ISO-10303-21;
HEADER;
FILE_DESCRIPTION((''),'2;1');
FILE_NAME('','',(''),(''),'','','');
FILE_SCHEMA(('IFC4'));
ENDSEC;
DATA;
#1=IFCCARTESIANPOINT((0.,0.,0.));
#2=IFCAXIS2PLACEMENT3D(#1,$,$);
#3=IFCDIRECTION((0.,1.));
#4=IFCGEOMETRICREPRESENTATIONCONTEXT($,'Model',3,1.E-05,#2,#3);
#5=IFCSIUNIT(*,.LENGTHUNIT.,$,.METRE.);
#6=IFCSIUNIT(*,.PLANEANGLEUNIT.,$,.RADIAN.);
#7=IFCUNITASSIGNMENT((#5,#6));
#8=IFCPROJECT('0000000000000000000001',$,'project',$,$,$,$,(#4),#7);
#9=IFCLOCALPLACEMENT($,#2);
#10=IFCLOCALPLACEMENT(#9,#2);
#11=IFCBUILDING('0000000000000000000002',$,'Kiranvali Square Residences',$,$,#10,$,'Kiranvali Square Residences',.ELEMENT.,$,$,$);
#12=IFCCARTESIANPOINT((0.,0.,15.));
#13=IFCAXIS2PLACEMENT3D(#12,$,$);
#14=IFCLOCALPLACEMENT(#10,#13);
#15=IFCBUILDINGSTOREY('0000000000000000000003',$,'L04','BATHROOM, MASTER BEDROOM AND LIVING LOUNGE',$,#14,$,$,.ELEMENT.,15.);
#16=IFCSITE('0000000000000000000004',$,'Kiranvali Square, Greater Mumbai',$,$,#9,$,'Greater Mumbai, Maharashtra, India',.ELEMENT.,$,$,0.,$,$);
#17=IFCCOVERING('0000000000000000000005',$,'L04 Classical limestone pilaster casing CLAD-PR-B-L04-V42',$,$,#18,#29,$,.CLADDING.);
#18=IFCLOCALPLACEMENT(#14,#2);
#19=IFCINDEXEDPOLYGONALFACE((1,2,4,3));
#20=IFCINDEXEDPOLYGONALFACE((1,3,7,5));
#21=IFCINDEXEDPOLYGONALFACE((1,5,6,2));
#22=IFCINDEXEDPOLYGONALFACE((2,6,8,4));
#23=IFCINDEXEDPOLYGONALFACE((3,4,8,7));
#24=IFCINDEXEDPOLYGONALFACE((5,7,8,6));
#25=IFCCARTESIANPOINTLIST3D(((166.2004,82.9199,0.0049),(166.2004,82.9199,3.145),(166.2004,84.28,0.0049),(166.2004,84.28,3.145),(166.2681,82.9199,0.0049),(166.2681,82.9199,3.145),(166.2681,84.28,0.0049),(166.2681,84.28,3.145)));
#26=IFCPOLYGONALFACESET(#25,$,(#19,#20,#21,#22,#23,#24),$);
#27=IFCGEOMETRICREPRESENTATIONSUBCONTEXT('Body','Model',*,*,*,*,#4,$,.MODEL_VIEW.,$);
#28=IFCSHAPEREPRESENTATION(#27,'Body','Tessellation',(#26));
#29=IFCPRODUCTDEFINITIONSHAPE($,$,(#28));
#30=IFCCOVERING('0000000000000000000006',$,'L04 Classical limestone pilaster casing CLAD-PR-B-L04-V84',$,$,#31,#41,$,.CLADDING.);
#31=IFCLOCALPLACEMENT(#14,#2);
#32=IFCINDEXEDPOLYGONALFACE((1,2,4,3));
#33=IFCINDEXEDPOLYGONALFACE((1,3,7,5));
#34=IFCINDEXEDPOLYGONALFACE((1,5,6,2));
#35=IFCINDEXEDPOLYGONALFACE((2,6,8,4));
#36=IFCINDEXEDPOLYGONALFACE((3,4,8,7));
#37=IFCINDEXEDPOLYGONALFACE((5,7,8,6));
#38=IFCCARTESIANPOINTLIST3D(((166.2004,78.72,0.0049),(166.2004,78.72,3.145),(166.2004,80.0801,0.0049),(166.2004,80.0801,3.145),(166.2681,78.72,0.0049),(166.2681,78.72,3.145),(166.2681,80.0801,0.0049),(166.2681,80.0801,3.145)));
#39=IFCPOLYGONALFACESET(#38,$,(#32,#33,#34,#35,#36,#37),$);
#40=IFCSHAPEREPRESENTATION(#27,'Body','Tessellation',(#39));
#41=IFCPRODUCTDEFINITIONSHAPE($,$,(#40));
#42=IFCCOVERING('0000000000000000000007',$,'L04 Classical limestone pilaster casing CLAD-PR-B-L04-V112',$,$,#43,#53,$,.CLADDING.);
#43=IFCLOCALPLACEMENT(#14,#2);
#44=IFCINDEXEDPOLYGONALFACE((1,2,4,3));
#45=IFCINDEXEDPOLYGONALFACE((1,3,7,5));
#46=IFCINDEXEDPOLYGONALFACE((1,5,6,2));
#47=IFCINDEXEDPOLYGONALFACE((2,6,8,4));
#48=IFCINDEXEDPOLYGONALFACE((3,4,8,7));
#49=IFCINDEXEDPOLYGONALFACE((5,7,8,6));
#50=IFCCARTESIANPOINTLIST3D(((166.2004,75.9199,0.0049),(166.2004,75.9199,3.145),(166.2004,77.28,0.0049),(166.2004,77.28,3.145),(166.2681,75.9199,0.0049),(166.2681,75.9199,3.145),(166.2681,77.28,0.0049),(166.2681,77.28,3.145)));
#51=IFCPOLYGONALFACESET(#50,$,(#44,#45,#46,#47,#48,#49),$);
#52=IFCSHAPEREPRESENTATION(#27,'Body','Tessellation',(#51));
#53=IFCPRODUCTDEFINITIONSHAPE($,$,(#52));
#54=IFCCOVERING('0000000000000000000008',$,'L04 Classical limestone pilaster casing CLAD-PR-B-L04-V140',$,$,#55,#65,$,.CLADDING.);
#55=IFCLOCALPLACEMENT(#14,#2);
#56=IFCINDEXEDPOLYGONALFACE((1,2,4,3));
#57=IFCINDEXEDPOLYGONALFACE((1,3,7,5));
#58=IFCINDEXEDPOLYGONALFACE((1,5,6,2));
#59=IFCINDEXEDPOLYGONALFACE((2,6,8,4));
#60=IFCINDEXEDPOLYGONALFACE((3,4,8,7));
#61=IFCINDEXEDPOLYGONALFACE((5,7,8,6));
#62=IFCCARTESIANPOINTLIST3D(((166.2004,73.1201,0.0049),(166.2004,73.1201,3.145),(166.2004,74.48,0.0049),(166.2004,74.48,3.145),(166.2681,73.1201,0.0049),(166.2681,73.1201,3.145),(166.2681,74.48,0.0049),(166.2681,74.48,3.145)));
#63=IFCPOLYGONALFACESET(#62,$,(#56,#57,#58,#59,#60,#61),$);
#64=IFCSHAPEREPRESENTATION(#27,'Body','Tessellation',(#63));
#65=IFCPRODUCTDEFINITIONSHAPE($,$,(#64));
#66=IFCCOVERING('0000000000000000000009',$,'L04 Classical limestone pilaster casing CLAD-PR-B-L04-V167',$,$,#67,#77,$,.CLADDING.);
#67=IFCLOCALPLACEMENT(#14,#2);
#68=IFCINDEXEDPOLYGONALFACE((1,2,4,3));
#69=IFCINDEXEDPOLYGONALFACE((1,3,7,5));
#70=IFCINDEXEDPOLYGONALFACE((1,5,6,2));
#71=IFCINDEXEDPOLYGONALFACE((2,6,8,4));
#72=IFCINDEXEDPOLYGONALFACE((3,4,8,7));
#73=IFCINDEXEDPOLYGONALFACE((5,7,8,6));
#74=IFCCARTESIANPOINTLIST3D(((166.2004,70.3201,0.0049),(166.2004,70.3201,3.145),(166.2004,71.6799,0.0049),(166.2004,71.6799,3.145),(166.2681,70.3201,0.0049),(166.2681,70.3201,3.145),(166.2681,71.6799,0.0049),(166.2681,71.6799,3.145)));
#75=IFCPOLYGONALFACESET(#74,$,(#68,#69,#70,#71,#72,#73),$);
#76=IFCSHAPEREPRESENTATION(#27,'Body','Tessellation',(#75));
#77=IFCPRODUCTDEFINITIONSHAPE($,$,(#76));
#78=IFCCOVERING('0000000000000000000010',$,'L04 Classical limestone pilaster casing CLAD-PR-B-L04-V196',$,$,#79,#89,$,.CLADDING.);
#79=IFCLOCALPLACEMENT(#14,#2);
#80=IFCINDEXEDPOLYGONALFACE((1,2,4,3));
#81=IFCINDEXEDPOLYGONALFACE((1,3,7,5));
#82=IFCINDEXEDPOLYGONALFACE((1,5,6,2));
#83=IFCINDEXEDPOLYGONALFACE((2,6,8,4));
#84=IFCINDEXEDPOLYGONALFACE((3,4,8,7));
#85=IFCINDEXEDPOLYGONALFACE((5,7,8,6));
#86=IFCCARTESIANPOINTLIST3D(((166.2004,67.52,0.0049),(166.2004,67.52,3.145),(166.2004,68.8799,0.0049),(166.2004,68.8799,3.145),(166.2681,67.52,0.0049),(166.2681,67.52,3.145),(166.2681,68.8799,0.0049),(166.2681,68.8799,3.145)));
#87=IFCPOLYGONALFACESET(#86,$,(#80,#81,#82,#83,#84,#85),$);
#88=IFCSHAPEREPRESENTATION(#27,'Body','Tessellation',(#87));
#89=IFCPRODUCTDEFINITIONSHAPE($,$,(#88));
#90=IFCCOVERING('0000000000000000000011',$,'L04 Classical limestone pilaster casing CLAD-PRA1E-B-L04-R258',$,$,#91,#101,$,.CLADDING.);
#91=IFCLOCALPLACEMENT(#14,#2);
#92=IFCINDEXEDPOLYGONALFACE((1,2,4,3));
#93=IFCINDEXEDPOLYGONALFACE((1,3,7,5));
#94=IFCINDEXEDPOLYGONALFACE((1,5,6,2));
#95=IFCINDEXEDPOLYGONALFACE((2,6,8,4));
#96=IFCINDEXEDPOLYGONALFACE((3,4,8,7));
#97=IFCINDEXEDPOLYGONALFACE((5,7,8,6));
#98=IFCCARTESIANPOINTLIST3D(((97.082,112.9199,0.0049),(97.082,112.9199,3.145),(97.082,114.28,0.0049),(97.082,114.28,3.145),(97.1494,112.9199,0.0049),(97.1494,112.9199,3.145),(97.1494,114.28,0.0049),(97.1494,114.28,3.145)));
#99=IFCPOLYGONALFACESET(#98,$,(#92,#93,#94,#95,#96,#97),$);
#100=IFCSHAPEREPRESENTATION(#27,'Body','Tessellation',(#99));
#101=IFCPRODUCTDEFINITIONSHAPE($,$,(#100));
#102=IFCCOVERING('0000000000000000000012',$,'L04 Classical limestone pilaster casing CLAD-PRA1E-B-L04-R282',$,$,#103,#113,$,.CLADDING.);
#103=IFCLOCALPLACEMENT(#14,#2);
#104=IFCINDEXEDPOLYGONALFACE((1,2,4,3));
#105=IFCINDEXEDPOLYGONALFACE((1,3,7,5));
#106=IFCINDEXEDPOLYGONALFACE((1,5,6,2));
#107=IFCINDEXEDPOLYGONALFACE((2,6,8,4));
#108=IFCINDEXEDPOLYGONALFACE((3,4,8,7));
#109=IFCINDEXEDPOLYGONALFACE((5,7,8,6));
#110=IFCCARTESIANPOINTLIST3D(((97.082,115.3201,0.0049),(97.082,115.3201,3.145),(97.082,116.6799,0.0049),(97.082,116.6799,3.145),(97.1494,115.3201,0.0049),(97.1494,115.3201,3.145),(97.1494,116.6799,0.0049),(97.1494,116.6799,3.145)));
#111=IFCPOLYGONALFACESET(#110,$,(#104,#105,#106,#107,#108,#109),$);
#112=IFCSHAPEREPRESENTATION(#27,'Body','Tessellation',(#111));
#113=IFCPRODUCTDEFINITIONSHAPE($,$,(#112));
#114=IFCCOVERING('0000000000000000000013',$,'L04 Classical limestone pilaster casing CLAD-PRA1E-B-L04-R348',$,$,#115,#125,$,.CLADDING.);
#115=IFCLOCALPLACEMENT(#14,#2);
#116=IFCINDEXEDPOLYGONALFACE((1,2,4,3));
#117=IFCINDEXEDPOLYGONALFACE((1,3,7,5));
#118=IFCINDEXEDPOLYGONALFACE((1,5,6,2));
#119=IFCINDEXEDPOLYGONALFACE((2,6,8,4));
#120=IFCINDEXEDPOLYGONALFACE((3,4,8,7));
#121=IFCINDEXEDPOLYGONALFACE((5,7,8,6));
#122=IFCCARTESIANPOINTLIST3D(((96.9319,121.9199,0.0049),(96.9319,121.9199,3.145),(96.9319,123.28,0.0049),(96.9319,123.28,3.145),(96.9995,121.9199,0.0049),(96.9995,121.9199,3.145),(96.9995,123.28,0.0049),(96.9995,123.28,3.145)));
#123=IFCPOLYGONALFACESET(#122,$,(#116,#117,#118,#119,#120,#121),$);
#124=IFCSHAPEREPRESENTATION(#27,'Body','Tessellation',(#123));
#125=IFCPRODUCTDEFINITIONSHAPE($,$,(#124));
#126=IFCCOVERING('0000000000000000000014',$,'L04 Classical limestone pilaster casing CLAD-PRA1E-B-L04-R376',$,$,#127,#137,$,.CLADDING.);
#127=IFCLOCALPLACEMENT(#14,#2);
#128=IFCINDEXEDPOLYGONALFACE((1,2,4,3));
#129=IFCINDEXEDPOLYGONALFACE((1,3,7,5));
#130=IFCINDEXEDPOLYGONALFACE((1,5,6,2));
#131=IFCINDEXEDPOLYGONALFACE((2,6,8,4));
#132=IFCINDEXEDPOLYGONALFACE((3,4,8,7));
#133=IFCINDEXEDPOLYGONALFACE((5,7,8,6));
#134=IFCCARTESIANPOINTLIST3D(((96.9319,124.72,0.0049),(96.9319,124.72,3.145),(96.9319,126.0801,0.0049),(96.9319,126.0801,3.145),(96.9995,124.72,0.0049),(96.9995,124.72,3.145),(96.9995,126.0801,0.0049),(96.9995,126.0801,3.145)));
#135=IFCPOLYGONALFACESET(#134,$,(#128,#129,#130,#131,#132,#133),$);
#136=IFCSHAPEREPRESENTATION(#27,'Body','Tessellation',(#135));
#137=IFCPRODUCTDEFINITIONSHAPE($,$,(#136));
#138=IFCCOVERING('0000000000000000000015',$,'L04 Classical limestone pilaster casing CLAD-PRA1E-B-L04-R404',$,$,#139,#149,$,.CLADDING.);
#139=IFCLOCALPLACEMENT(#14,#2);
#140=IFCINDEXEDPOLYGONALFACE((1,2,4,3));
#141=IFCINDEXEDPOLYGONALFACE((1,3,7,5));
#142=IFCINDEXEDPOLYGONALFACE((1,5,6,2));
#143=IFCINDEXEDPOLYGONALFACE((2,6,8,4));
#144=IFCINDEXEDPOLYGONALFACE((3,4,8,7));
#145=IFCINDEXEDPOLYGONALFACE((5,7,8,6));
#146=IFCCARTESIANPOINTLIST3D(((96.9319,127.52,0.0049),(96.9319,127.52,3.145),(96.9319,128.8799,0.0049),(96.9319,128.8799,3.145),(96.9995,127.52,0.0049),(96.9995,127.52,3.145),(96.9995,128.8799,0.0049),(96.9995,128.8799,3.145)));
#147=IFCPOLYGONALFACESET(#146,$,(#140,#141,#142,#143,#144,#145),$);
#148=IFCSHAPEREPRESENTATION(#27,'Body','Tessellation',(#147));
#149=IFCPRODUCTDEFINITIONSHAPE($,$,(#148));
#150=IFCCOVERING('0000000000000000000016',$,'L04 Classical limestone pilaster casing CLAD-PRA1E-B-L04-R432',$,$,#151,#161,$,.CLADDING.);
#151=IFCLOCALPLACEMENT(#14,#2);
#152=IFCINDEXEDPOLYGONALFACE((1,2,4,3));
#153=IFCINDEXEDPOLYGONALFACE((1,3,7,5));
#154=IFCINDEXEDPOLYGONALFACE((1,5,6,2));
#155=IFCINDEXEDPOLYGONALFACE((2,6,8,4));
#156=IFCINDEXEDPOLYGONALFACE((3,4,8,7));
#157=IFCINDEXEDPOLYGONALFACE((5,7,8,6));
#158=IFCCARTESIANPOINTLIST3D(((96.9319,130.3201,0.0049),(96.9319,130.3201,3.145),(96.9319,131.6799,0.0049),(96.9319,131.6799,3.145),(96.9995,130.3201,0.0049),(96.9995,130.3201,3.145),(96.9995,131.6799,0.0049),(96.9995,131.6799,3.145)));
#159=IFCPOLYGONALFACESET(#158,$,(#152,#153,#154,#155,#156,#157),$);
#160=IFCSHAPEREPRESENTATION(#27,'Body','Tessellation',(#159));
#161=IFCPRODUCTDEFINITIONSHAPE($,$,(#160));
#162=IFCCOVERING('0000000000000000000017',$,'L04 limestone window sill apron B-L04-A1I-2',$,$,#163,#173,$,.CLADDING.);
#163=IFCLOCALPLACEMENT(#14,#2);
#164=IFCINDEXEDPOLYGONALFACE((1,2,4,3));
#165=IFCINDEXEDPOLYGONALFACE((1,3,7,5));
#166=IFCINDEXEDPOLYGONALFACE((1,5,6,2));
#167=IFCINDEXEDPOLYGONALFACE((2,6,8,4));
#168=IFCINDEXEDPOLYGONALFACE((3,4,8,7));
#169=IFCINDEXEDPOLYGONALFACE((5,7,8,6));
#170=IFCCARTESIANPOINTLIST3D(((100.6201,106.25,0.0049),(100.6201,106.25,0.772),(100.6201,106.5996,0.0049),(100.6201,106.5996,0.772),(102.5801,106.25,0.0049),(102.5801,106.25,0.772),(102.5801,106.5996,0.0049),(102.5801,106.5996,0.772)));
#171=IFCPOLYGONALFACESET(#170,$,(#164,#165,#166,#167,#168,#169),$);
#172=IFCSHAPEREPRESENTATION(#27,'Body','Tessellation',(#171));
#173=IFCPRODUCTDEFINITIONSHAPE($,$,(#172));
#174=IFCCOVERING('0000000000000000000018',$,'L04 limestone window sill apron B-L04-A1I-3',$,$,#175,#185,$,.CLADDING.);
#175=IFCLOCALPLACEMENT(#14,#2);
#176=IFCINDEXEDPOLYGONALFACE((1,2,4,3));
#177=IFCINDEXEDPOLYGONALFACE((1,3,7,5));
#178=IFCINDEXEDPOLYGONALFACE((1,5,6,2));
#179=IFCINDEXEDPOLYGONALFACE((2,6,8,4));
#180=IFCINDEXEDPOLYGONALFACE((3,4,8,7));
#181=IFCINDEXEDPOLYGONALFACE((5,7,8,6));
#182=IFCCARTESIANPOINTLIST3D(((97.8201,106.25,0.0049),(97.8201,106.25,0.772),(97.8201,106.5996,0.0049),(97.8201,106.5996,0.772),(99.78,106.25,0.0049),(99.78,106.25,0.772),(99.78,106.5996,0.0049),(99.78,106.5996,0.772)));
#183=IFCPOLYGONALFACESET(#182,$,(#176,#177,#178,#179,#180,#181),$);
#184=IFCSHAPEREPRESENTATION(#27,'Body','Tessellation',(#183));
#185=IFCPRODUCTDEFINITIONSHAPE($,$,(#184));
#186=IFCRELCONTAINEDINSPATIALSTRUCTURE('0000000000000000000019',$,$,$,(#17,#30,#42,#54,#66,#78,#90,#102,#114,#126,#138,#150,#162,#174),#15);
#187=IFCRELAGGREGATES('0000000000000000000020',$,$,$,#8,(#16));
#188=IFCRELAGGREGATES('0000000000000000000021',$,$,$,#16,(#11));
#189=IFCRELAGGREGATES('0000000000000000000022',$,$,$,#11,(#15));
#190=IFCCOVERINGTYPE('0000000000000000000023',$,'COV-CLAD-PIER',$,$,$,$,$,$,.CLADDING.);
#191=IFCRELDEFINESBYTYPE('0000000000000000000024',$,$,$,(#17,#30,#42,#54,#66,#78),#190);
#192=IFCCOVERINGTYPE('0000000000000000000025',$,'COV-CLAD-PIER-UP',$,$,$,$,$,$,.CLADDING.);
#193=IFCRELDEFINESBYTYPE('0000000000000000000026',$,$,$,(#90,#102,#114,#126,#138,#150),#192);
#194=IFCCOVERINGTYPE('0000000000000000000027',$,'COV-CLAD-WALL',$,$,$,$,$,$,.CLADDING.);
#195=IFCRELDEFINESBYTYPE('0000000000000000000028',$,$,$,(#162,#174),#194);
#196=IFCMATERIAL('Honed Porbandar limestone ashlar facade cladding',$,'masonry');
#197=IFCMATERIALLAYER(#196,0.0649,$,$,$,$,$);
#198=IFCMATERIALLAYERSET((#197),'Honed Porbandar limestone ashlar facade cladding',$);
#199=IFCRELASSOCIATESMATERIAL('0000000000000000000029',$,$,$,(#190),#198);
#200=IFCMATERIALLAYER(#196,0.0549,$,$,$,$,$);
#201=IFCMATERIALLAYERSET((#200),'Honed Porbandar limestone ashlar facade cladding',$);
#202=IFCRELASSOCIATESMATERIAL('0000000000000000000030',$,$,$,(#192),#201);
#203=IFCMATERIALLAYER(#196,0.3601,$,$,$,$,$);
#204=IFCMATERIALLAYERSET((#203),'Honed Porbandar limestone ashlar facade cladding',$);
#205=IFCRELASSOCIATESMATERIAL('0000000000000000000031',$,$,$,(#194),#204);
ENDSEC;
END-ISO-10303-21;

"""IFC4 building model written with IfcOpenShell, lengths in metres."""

from ifc_helpers import new_model, si_unit, direction, frame, origin, place, context, subcontext, project, spatial, polyline, outline, extrude, material, layer, layer_set, type_object, element, save


model = new_model("IFC4")

# Units and contexts
model_context = context("Model", 3, precision=1e-05, world=origin(), true_north=direction((0.0, 1.0)))
body_context = subcontext(model_context, "Body", "Model", "MODEL_VIEW")
ifc_project = project(units=[si_unit("LENGTHUNIT", "METRE"), si_unit("PLANEANGLEUNIT", "RADIAN")], contexts=[model_context])

# Site, building, storey
site_placement = place(None, origin())
site = spatial("IfcSite", under=ifc_project, at=site_placement, Name="Kiranvali Square, Greater Mumbai", LongName="Greater Mumbai, Maharashtra, India", CompositionType="ELEMENT", RefElevation=0.0)
building_placement = place(site_placement, origin())
building = spatial("IfcBuilding", under=site, at=building_placement, Name="Kiranvali Square Residences", LongName="Kiranvali Square Residences", CompositionType="ELEMENT")
storey_placement = place(building_placement, frame((0.0, 0.0, 15.0)))
storey = spatial("IfcBuildingStorey", under=building, at=storey_placement, Name="L04", Description="BATHROOM, MASTER BEDROOM AND LIVING LOUNGE", CompositionType="ELEMENT", Elevation=15.0)

# Coverings
ifc_material_1 = material(Name="Honed Porbandar limestone ashlar facade cladding", Category="masonry")
ifc_layer_1 = layer(ifc_material_1, 0.0649)
ifc_layer_set_1 = layer_set([ifc_layer_1], Name="Honed Porbandar limestone ashlar facade cladding")
covering_type_1 = type_object("IfcCoveringType", Name="COV-CLAD-PIER", PredefinedType="CLADDING", material=ifc_layer_set_1)
covering_1_placement = place(storey_placement, frame((0.0, 0.0, 0.0049)))
element("IfcCovering", 1, at=covering_1_placement, inside=storey, type_object=covering_type_1, Name="L04 Classical limestone pilaster casing CLAD-PR-B-L04-V42", PredefinedType="CLADDING", context=body_context, shape_type="SweptSolid", body=[
    extrude(outline(polyline([(166.2004, 84.28), (166.2004, 82.9199), (166.2681, 82.9199), (166.2681, 84.28), (166.2004, 84.28)])), origin(), (0.0, 0.0, 1.0), 3.1401),
])
covering_2_placement = place(storey_placement, frame((0.0, 0.0, 0.0049)))
element("IfcCovering", 2, at=covering_2_placement, inside=storey, type_object=covering_type_1, Name="L04 Classical limestone pilaster casing CLAD-PR-B-L04-V84", PredefinedType="CLADDING", context=body_context, shape_type="SweptSolid", body=[
    extrude(outline(polyline([(166.2004, 80.0801), (166.2004, 78.72), (166.2681, 78.72), (166.2681, 80.0801), (166.2004, 80.0801)])), origin(), (0.0, 0.0, 1.0), 3.1401),
])
covering_3_placement = place(storey_placement, frame((0.0, 0.0, 0.0049)))
element("IfcCovering", 3, at=covering_3_placement, inside=storey, type_object=covering_type_1, Name="L04 Classical limestone pilaster casing CLAD-PR-B-L04-V112", PredefinedType="CLADDING", context=body_context, shape_type="SweptSolid", body=[
    extrude(outline(polyline([(166.2004, 77.28), (166.2004, 75.9199), (166.2681, 75.9199), (166.2681, 77.28), (166.2004, 77.28)])), origin(), (0.0, 0.0, 1.0), 3.1401),
])
covering_4_placement = place(storey_placement, frame((0.0, 0.0, 0.0049)))
element("IfcCovering", 4, at=covering_4_placement, inside=storey, type_object=covering_type_1, Name="L04 Classical limestone pilaster casing CLAD-PR-B-L04-V140", PredefinedType="CLADDING", context=body_context, shape_type="SweptSolid", body=[
    extrude(outline(polyline([(166.2004, 74.48), (166.2004, 73.1201), (166.2681, 73.1201), (166.2681, 74.48), (166.2004, 74.48)])), origin(), (0.0, 0.0, 1.0), 3.1401),
])
covering_5_placement = place(storey_placement, frame((0.0, 0.0, 0.0049)))
element("IfcCovering", 5, at=covering_5_placement, inside=storey, type_object=covering_type_1, Name="L04 Classical limestone pilaster casing CLAD-PR-B-L04-V167", PredefinedType="CLADDING", context=body_context, shape_type="SweptSolid", body=[
    extrude(outline(polyline([(166.2004, 71.6799), (166.2004, 70.3201), (166.2681, 70.3201), (166.2681, 71.6799), (166.2004, 71.6799)])), origin(), (0.0, 0.0, 1.0), 3.1401),
])
covering_6_placement = place(storey_placement, frame((0.0, 0.0, 0.0049)))
element("IfcCovering", 6, at=covering_6_placement, inside=storey, type_object=covering_type_1, Name="L04 Classical limestone pilaster casing CLAD-PR-B-L04-V196", PredefinedType="CLADDING", context=body_context, shape_type="SweptSolid", body=[
    extrude(outline(polyline([(166.2004, 68.8799), (166.2004, 67.52), (166.2681, 67.52), (166.2681, 68.8799), (166.2004, 68.8799)])), origin(), (0.0, 0.0, 1.0), 3.1401),
])
ifc_layer_2 = layer(ifc_material_1, 0.0549)
ifc_layer_set_2 = layer_set([ifc_layer_2], Name="Honed Porbandar limestone ashlar facade cladding")
covering_type_2 = type_object("IfcCoveringType", Name="COV-CLAD-PIER-UP", PredefinedType="CLADDING", material=ifc_layer_set_2)
covering_7_placement = place(storey_placement, frame((0.0, 0.0, 0.0049)))
element("IfcCovering", 7, at=covering_7_placement, inside=storey, type_object=covering_type_2, Name="L04 Classical limestone pilaster casing CLAD-PRA1E-B-L04-R258", PredefinedType="CLADDING", context=body_context, shape_type="SweptSolid", body=[
    extrude(outline(polyline([(97.1494, 112.9199), (97.1494, 114.28), (97.082, 114.28), (97.082, 112.9199), (97.1494, 112.9199)])), origin(), (0.0, 0.0, 1.0), 3.1401),
])
covering_8_placement = place(storey_placement, frame((0.0, 0.0, 0.0049)))
element("IfcCovering", 8, at=covering_8_placement, inside=storey, type_object=covering_type_2, Name="L04 Classical limestone pilaster casing CLAD-PRA1E-B-L04-R282", PredefinedType="CLADDING", context=body_context, shape_type="SweptSolid", body=[
    extrude(outline(polyline([(97.1494, 115.3201), (97.1494, 116.6799), (97.082, 116.6799), (97.082, 115.3201), (97.1494, 115.3201)])), origin(), (0.0, 0.0, 1.0), 3.1401),
])
covering_9_placement = place(storey_placement, frame((0.0, 0.0, 0.0049)))
element("IfcCovering", 9, at=covering_9_placement, inside=storey, type_object=covering_type_2, Name="L04 Classical limestone pilaster casing CLAD-PRA1E-B-L04-R348", PredefinedType="CLADDING", context=body_context, shape_type="SweptSolid", body=[
    extrude(outline(polyline([(96.9995, 121.9199), (96.9995, 123.28), (96.9319, 123.28), (96.9319, 121.9199), (96.9995, 121.9199)])), origin(), (0.0, 0.0, 1.0), 3.1401),
])
covering_10_placement = place(storey_placement, frame((0.0, 0.0, 0.0049)))
element("IfcCovering", 10, at=covering_10_placement, inside=storey, type_object=covering_type_2, Name="L04 Classical limestone pilaster casing CLAD-PRA1E-B-L04-R376", PredefinedType="CLADDING", context=body_context, shape_type="SweptSolid", body=[
    extrude(outline(polyline([(96.9995, 124.72), (96.9995, 126.0801), (96.9319, 126.0801), (96.9319, 124.72), (96.9995, 124.72)])), origin(), (0.0, 0.0, 1.0), 3.1401),
])
covering_11_placement = place(storey_placement, frame((0.0, 0.0, 0.0049)))
element("IfcCovering", 11, at=covering_11_placement, inside=storey, type_object=covering_type_2, Name="L04 Classical limestone pilaster casing CLAD-PRA1E-B-L04-R404", PredefinedType="CLADDING", context=body_context, shape_type="SweptSolid", body=[
    extrude(outline(polyline([(96.9995, 127.52), (96.9995, 128.8799), (96.9319, 128.8799), (96.9319, 127.52), (96.9995, 127.52)])), origin(), (0.0, 0.0, 1.0), 3.1401),
])
covering_12_placement = place(storey_placement, frame((0.0, 0.0, 0.0049)))
element("IfcCovering", 12, at=covering_12_placement, inside=storey, type_object=covering_type_2, Name="L04 Classical limestone pilaster casing CLAD-PRA1E-B-L04-R432", PredefinedType="CLADDING", context=body_context, shape_type="SweptSolid", body=[
    extrude(outline(polyline([(96.9995, 130.3201), (96.9995, 131.6799), (96.9319, 131.6799), (96.9319, 130.3201), (96.9995, 130.3201)])), origin(), (0.0, 0.0, 1.0), 3.1401),
])
ifc_layer_3 = layer(ifc_material_1, 0.3601)
ifc_layer_set_3 = layer_set([ifc_layer_3], Name="Honed Porbandar limestone ashlar facade cladding")
covering_type_3 = type_object("IfcCoveringType", Name="COV-CLAD-WALL", PredefinedType="CLADDING", material=ifc_layer_set_3)
covering_13_placement = place(storey_placement, frame((0.0, 0.0, 0.0049)))
element("IfcCovering", 13, at=covering_13_placement, inside=storey, type_object=covering_type_3, Name="L04 limestone window sill apron B-L04-A1I-2", PredefinedType="CLADDING", context=body_context, shape_type="SweptSolid", body=[
    extrude(outline(polyline([(102.5801, 106.5996), (100.6201, 106.5996), (100.6201, 106.25), (102.5801, 106.25), (102.5801, 106.5996)])), origin(), (0.0, 0.0, 1.0), 0.7671),
])
covering_14_placement = place(storey_placement, frame((0.0, 0.0, 0.0049)))
element("IfcCovering", 14, at=covering_14_placement, inside=storey, type_object=covering_type_3, Name="L04 limestone window sill apron B-L04-A1I-3", PredefinedType="CLADDING", context=body_context, shape_type="SweptSolid", body=[
    extrude(outline(polyline([(99.78, 106.5996), (97.8201, 106.5996), (97.8201, 106.25), (99.78, 106.25), (99.78, 106.5996)])), origin(), (0.0, 0.0, 1.0), 0.7671),
])

save(model, "model.ifc")
